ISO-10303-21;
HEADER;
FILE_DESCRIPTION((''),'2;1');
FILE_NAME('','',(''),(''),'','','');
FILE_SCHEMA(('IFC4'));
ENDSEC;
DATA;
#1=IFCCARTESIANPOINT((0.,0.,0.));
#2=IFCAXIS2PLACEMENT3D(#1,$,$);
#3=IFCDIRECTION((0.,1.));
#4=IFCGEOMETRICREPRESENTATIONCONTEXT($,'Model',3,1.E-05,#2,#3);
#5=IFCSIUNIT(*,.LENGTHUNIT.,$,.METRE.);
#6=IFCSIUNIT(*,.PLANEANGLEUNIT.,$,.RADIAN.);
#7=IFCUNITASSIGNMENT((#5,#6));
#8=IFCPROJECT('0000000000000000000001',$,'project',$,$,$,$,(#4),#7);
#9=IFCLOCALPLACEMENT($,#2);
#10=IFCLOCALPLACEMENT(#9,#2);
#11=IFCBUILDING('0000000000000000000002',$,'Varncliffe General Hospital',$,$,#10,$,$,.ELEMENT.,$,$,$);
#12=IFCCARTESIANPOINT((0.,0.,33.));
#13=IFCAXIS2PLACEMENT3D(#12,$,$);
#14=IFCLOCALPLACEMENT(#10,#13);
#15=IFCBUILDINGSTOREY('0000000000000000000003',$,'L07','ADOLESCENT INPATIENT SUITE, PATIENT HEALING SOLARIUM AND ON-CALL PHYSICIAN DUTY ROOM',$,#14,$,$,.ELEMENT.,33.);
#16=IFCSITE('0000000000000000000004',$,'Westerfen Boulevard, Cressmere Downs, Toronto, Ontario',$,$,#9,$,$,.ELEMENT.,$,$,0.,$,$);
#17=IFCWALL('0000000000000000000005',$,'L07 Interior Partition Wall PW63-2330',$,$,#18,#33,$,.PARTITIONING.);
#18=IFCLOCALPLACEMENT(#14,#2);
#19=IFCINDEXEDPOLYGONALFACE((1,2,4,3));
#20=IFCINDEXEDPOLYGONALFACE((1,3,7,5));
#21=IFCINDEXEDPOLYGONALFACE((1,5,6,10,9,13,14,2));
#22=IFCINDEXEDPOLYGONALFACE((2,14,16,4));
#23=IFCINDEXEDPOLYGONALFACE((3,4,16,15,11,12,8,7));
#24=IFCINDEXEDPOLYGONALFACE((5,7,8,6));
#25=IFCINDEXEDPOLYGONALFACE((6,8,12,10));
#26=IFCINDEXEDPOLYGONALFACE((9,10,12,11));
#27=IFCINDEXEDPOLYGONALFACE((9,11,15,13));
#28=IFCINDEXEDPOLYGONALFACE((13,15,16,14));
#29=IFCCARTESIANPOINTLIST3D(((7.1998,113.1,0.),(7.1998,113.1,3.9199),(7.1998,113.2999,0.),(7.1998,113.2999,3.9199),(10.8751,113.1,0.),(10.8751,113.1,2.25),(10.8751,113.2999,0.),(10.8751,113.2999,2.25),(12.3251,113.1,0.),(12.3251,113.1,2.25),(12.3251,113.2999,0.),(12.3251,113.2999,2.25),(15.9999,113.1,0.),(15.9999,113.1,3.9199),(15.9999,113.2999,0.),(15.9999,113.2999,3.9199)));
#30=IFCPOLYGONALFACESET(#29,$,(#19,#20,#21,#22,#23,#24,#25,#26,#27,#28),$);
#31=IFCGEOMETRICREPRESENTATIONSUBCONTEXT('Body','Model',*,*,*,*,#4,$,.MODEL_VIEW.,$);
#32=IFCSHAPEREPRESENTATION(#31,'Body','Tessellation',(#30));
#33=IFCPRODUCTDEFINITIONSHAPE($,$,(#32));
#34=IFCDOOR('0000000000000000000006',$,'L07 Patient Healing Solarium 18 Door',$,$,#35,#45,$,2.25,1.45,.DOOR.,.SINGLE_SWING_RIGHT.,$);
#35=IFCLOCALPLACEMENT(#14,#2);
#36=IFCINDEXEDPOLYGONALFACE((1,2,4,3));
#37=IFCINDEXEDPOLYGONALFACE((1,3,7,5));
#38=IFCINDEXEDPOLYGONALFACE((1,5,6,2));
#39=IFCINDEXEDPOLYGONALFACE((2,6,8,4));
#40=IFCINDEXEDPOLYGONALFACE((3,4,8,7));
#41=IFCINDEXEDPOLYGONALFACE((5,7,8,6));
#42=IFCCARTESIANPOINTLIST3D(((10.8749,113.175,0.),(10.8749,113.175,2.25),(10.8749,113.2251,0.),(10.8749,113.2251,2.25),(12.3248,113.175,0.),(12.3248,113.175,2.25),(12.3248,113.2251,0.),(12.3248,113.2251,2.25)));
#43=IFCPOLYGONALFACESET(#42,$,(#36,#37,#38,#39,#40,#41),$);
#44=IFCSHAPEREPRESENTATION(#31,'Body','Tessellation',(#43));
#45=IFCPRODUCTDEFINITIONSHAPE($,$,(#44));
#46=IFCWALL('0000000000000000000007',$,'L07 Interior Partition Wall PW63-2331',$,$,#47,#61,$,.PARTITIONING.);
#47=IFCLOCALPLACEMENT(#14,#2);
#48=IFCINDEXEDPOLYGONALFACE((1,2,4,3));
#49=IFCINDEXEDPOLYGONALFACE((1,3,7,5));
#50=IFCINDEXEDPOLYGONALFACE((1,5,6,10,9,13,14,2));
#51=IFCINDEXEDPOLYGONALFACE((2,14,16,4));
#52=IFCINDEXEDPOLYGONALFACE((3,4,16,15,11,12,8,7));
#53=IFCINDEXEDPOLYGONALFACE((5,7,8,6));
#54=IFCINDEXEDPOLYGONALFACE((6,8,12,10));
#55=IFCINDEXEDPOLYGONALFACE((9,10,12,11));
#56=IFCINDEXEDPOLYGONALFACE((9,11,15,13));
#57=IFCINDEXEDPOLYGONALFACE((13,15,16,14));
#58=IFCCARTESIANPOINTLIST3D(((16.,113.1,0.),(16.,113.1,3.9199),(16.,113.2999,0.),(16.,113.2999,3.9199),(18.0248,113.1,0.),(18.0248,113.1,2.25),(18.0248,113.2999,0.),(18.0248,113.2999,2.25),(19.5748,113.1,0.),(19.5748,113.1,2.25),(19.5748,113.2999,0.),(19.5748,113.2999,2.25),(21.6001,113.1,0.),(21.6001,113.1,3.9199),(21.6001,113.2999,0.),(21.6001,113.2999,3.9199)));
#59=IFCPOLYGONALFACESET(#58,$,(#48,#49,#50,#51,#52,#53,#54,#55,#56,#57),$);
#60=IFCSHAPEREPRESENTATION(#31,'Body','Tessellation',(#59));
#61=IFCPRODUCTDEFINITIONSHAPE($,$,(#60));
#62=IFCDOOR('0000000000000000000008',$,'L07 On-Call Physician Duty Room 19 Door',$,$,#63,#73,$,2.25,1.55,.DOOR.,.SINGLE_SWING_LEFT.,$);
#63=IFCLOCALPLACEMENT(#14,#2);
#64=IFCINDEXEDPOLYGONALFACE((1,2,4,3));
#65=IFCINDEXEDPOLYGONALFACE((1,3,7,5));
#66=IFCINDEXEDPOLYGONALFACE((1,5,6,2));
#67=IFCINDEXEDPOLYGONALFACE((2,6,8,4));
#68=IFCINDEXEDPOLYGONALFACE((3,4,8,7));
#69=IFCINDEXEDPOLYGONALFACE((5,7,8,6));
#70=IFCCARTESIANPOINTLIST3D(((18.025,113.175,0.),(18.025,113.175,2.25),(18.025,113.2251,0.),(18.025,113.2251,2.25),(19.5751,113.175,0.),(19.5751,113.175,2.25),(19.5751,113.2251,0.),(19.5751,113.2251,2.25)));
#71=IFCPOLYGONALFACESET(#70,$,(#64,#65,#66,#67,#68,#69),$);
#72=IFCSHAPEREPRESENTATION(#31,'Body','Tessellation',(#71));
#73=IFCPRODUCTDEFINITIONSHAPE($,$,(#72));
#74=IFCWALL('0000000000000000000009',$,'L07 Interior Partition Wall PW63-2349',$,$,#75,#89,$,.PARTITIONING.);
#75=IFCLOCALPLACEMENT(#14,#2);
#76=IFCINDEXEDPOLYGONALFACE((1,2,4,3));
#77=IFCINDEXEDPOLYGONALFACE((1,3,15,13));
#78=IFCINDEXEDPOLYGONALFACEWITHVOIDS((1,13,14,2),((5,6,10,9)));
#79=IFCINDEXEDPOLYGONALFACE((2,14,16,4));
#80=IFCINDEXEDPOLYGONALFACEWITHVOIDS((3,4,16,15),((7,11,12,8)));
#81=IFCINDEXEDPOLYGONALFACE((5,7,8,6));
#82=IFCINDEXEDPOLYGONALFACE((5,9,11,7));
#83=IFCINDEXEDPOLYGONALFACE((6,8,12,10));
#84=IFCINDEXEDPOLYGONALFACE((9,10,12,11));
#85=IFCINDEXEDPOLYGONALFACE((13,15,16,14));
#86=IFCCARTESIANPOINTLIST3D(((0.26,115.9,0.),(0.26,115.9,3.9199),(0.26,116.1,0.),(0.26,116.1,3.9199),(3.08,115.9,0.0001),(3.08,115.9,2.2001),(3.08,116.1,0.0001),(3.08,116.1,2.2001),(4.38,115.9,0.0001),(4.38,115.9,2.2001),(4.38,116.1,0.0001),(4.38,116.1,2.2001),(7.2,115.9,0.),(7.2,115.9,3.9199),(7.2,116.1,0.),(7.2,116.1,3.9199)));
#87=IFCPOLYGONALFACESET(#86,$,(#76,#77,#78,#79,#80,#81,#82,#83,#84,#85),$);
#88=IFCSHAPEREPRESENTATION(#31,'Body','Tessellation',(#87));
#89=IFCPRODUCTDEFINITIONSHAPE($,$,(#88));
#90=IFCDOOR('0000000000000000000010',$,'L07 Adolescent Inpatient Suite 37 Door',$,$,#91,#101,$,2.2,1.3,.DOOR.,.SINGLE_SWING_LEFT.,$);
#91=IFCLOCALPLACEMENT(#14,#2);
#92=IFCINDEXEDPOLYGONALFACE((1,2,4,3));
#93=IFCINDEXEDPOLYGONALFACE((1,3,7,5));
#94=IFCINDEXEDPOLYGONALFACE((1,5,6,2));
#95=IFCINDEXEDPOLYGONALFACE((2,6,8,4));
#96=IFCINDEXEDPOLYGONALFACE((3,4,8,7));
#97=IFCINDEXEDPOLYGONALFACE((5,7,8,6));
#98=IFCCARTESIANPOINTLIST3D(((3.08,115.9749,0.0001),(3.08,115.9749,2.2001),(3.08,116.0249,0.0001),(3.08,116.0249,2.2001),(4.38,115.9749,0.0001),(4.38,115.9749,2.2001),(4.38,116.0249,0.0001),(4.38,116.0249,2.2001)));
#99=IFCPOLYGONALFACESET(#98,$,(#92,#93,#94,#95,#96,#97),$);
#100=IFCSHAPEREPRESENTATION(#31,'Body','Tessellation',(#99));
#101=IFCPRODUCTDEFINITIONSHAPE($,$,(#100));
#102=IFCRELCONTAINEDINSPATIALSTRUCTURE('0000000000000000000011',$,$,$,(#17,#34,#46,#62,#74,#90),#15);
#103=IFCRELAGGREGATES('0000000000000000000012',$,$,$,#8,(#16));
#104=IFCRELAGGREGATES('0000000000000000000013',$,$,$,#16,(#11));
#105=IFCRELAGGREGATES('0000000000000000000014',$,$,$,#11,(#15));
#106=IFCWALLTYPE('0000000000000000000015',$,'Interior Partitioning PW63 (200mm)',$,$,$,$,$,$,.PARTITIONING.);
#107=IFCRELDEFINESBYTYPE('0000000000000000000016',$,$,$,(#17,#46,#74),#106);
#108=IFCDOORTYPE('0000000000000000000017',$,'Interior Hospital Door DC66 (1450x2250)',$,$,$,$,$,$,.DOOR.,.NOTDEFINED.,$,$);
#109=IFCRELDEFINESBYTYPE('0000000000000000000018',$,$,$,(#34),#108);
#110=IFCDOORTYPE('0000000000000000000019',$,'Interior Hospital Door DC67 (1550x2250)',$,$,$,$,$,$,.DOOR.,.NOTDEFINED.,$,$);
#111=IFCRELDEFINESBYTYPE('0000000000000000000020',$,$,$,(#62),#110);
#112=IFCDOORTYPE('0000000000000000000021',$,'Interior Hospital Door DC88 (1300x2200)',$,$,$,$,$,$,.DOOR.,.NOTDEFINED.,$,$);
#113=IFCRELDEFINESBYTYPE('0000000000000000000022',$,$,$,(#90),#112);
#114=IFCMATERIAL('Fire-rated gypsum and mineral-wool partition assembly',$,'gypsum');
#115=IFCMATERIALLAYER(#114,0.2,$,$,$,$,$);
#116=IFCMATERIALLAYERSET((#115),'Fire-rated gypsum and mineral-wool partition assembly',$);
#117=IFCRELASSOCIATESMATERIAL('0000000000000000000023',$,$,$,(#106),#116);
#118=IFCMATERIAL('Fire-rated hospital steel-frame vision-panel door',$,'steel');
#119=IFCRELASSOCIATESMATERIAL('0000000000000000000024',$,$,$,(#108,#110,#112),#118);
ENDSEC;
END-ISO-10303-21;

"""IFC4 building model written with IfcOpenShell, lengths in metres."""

from ifc_helpers import new_model, si_unit, direction, frame, frame_2d, origin, place, context, subcontext, project, spatial, rectangle, extrude, material, layer, layer_set, type_object, element, fill, save


model = new_model("IFC4")

# Units and contexts
model_context = context("Model", 3, precision=1e-05, world=origin(), true_north=direction((0.0, 1.0)))
body_context = subcontext(model_context, "Body", "Model", "MODEL_VIEW")
ifc_project = project(units=[si_unit("LENGTHUNIT", "METRE"), si_unit("PLANEANGLEUNIT", "RADIAN")], contexts=[model_context])

# Site, building, storey
site_placement = place(None, origin())
site = spatial("IfcSite", under=ifc_project, at=site_placement, Name="Westerfen Boulevard, Cressmere Downs, Toronto, Ontario", CompositionType="ELEMENT", RefElevation=0.0)
building_placement = place(site_placement, origin())
building = spatial("IfcBuilding", under=site, at=building_placement, Name="Varncliffe General Hospital", CompositionType="ELEMENT")
storey_placement = place(building_placement, frame((0.0, 0.0, 33.0)))
storey = spatial("IfcBuildingStorey", under=building, at=storey_placement, Name="L07", Description="ADOLESCENT INPATIENT SUITE, PATIENT HEALING SOLARIUM AND ON-CALL PHYSICIAN DUTY ROOM", CompositionType="ELEMENT", Elevation=33.0)

# Shared definitions
ifc_material_1 = material(Name="Fire-rated gypsum and mineral-wool partition assembly", Category="gypsum")
ifc_material_2 = material(Name="Fire-rated hospital steel-frame vision-panel door", Category="steel")

# Walls, openings, doors
ifc_layer_1 = layer(ifc_material_1, 0.2)
ifc_layer_set_1 = layer_set([ifc_layer_1], Name="Fire-rated gypsum and mineral-wool partition assembly")
wall_type_1 = type_object("IfcWallType", Name="Interior Partitioning PW63 (200mm)", PredefinedType="PARTITIONING", material=ifc_layer_set_1)
wall_1_placement = place(storey_placement, frame((7.2, 113.2, 0.0), z_axis=(0.0, 0.0, 1.0), x_axis=(1.0, 0.0, 0.0)))
wall_1 = element("IfcWall", 1, at=wall_1_placement, inside=storey, type_object=wall_type_1, Name="L07 Interior Partition Wall PW63-2330", PredefinedType="PARTITIONING", context=body_context, shape_type="SweptSolid", body=[
    extrude(rectangle(XDim=8.8, YDim=0.2, at=frame_2d((4.3999, 0.0))), origin(), (0.0, 0.0, 1.0), 3.9199),
])
opening_1_placement = place(wall_1_placement, frame((3.675, 0.0, 0.0)))
opening_1 = element("IfcOpeningElement", 2, at=opening_1_placement, cuts=wall_1, PredefinedType="OPENING", context=body_context, shape_type="SweptSolid", body=[
    extrude(rectangle(XDim=1.45, YDim=2.25, at=frame_2d((0.7251, 1.125))), frame((0.0, 0.1099, 0.0), z_axis=(0.0, -1.0, 0.0), x_axis=(1.0, 0.0, 0.0)), (0.0, 0.0, 1.0), 0.22),
])
door_type_1 = type_object("IfcDoorType", Name="Interior Hospital Door DC66 (1450x2250)", OperationType="NOTDEFINED", PredefinedType="DOOR", material=ifc_material_2)
door_1_placement = place(opening_1_placement, frame((1.45, 0.0, 0.0), z_axis=(0.0, 0.0, 1.0), x_axis=(-1.0, 0.0, 0.0)))
door_1 = element("IfcDoor", 3, at=door_1_placement, inside=storey, type_object=door_type_1, Name="L07 Patient Healing Solarium 18 Door", OperationType="SINGLE_SWING_RIGHT", OverallHeight=2.25, OverallWidth=1.45, PredefinedType="DOOR", context=body_context, shape_type="SweptSolid", body=[
    extrude(rectangle(XDim=1.45, YDim=2.25, at=frame_2d((0.7251, 1.125))), frame((0.0, 0.0249, 0.0), z_axis=(0.0, -1.0, 0.0), x_axis=(1.0, 0.0, 0.0)), (0.0, 0.0, 1.0), 0.05),
])
fill(opening_1, door_1)
wall_2_placement = place(storey_placement, frame((16.0, 113.2, 0.0), z_axis=(0.0, 0.0, 1.0), x_axis=(1.0, 0.0, 0.0)))
wall_2 = element("IfcWall", 4, at=wall_2_placement, inside=storey, type_object=wall_type_1, Name="L07 Interior Partition Wall PW63-2331", PredefinedType="PARTITIONING", context=body_context, shape_type="SweptSolid", body=[
    extrude(rectangle(XDim=5.6001, YDim=0.2, at=frame_2d((2.8, 0.0))), origin(), (0.0, 0.0, 1.0), 3.9199),
])
opening_2_placement = place(wall_2_placement, frame((2.0249, 0.0, 0.0)))
opening_2 = element("IfcOpeningElement", 5, at=opening_2_placement, cuts=wall_2, PredefinedType="OPENING", context=body_context, shape_type="SweptSolid", body=[
    extrude(rectangle(XDim=1.55, YDim=2.25, at=frame_2d((0.7749, 1.125))), frame((0.0, 0.1099, 0.0), z_axis=(0.0, -1.0, 0.0), x_axis=(1.0, 0.0, 0.0)), (0.0, 0.0, 1.0), 0.22),
])
door_type_2 = type_object("IfcDoorType", Name="Interior Hospital Door DC67 (1550x2250)", OperationType="NOTDEFINED", PredefinedType="DOOR", material=ifc_material_2)
door_2_placement = place(opening_2_placement, frame((1.55, 0.0, 0.0), z_axis=(0.0, 0.0, 1.0), x_axis=(-1.0, 0.0, 0.0)))
door_2 = element("IfcDoor", 6, at=door_2_placement, inside=storey, type_object=door_type_2, Name="L07 On-Call Physician Duty Room 19 Door", OperationType="SINGLE_SWING_LEFT", OverallHeight=2.25, OverallWidth=1.55, PredefinedType="DOOR", context=body_context, shape_type="SweptSolid", body=[
    extrude(rectangle(XDim=1.55, YDim=2.25, at=frame_2d((0.7749, 1.125))), frame((0.0, 0.0249, 0.0), z_axis=(0.0, -1.0, 0.0), x_axis=(1.0, 0.0, 0.0)), (0.0, 0.0, 1.0), 0.05),
])
fill(opening_2, door_2)
wall_3_placement = place(storey_placement, frame((0.26, 116.0, 0.0), z_axis=(0.0, 0.0, 1.0), x_axis=(1.0, 0.0, 0.0)))
wall_3 = element("IfcWall", 7, at=wall_3_placement, inside=storey, type_object=wall_type_1, Name="L07 Interior Partition Wall PW63-2349", PredefinedType="PARTITIONING", context=body_context, shape_type="SweptSolid", body=[
    extrude(rectangle(XDim=6.9399, YDim=0.2, at=frame_2d((3.47, 0.0))), origin(), (0.0, 0.0, 1.0), 3.9199),
])
opening_3_placement = place(wall_3_placement, frame((2.8201, 0.0, 0.0)))
opening_3 = element("IfcOpeningElement", 8, at=opening_3_placement, cuts=wall_3, PredefinedType="OPENING", context=body_context, shape_type="SweptSolid", body=[
    extrude(rectangle(XDim=1.3, YDim=2.2, at=frame_2d((0.6499, 1.1001))), frame((0.0, 0.1099, 0.0), z_axis=(0.0, -1.0, 0.0), x_axis=(1.0, 0.0, 0.0)), (0.0, 0.0, 1.0), 0.22),
])
door_type_3 = type_object("IfcDoorType", Name="Interior Hospital Door DC88 (1300x2200)", OperationType="NOTDEFINED", PredefinedType="DOOR", material=ifc_material_2)
door_3_placement = place(opening_3_placement, origin())
door_3 = element("IfcDoor", 9, at=door_3_placement, inside=storey, type_object=door_type_3, Name="L07 Adolescent Inpatient Suite 37 Door", OperationType="SINGLE_SWING_LEFT", OverallHeight=2.2, OverallWidth=1.3, PredefinedType="DOOR", context=body_context, shape_type="SweptSolid", body=[
    extrude(rectangle(XDim=1.3, YDim=2.2, at=frame_2d((0.6499, 1.1001))), frame((0.0, 0.0249, 0.0), z_axis=(0.0, -1.0, 0.0), x_axis=(1.0, 0.0, 0.0)), (0.0, 0.0, 1.0), 0.05),
])
fill(opening_3, door_3)

save(model, "model.ifc")
